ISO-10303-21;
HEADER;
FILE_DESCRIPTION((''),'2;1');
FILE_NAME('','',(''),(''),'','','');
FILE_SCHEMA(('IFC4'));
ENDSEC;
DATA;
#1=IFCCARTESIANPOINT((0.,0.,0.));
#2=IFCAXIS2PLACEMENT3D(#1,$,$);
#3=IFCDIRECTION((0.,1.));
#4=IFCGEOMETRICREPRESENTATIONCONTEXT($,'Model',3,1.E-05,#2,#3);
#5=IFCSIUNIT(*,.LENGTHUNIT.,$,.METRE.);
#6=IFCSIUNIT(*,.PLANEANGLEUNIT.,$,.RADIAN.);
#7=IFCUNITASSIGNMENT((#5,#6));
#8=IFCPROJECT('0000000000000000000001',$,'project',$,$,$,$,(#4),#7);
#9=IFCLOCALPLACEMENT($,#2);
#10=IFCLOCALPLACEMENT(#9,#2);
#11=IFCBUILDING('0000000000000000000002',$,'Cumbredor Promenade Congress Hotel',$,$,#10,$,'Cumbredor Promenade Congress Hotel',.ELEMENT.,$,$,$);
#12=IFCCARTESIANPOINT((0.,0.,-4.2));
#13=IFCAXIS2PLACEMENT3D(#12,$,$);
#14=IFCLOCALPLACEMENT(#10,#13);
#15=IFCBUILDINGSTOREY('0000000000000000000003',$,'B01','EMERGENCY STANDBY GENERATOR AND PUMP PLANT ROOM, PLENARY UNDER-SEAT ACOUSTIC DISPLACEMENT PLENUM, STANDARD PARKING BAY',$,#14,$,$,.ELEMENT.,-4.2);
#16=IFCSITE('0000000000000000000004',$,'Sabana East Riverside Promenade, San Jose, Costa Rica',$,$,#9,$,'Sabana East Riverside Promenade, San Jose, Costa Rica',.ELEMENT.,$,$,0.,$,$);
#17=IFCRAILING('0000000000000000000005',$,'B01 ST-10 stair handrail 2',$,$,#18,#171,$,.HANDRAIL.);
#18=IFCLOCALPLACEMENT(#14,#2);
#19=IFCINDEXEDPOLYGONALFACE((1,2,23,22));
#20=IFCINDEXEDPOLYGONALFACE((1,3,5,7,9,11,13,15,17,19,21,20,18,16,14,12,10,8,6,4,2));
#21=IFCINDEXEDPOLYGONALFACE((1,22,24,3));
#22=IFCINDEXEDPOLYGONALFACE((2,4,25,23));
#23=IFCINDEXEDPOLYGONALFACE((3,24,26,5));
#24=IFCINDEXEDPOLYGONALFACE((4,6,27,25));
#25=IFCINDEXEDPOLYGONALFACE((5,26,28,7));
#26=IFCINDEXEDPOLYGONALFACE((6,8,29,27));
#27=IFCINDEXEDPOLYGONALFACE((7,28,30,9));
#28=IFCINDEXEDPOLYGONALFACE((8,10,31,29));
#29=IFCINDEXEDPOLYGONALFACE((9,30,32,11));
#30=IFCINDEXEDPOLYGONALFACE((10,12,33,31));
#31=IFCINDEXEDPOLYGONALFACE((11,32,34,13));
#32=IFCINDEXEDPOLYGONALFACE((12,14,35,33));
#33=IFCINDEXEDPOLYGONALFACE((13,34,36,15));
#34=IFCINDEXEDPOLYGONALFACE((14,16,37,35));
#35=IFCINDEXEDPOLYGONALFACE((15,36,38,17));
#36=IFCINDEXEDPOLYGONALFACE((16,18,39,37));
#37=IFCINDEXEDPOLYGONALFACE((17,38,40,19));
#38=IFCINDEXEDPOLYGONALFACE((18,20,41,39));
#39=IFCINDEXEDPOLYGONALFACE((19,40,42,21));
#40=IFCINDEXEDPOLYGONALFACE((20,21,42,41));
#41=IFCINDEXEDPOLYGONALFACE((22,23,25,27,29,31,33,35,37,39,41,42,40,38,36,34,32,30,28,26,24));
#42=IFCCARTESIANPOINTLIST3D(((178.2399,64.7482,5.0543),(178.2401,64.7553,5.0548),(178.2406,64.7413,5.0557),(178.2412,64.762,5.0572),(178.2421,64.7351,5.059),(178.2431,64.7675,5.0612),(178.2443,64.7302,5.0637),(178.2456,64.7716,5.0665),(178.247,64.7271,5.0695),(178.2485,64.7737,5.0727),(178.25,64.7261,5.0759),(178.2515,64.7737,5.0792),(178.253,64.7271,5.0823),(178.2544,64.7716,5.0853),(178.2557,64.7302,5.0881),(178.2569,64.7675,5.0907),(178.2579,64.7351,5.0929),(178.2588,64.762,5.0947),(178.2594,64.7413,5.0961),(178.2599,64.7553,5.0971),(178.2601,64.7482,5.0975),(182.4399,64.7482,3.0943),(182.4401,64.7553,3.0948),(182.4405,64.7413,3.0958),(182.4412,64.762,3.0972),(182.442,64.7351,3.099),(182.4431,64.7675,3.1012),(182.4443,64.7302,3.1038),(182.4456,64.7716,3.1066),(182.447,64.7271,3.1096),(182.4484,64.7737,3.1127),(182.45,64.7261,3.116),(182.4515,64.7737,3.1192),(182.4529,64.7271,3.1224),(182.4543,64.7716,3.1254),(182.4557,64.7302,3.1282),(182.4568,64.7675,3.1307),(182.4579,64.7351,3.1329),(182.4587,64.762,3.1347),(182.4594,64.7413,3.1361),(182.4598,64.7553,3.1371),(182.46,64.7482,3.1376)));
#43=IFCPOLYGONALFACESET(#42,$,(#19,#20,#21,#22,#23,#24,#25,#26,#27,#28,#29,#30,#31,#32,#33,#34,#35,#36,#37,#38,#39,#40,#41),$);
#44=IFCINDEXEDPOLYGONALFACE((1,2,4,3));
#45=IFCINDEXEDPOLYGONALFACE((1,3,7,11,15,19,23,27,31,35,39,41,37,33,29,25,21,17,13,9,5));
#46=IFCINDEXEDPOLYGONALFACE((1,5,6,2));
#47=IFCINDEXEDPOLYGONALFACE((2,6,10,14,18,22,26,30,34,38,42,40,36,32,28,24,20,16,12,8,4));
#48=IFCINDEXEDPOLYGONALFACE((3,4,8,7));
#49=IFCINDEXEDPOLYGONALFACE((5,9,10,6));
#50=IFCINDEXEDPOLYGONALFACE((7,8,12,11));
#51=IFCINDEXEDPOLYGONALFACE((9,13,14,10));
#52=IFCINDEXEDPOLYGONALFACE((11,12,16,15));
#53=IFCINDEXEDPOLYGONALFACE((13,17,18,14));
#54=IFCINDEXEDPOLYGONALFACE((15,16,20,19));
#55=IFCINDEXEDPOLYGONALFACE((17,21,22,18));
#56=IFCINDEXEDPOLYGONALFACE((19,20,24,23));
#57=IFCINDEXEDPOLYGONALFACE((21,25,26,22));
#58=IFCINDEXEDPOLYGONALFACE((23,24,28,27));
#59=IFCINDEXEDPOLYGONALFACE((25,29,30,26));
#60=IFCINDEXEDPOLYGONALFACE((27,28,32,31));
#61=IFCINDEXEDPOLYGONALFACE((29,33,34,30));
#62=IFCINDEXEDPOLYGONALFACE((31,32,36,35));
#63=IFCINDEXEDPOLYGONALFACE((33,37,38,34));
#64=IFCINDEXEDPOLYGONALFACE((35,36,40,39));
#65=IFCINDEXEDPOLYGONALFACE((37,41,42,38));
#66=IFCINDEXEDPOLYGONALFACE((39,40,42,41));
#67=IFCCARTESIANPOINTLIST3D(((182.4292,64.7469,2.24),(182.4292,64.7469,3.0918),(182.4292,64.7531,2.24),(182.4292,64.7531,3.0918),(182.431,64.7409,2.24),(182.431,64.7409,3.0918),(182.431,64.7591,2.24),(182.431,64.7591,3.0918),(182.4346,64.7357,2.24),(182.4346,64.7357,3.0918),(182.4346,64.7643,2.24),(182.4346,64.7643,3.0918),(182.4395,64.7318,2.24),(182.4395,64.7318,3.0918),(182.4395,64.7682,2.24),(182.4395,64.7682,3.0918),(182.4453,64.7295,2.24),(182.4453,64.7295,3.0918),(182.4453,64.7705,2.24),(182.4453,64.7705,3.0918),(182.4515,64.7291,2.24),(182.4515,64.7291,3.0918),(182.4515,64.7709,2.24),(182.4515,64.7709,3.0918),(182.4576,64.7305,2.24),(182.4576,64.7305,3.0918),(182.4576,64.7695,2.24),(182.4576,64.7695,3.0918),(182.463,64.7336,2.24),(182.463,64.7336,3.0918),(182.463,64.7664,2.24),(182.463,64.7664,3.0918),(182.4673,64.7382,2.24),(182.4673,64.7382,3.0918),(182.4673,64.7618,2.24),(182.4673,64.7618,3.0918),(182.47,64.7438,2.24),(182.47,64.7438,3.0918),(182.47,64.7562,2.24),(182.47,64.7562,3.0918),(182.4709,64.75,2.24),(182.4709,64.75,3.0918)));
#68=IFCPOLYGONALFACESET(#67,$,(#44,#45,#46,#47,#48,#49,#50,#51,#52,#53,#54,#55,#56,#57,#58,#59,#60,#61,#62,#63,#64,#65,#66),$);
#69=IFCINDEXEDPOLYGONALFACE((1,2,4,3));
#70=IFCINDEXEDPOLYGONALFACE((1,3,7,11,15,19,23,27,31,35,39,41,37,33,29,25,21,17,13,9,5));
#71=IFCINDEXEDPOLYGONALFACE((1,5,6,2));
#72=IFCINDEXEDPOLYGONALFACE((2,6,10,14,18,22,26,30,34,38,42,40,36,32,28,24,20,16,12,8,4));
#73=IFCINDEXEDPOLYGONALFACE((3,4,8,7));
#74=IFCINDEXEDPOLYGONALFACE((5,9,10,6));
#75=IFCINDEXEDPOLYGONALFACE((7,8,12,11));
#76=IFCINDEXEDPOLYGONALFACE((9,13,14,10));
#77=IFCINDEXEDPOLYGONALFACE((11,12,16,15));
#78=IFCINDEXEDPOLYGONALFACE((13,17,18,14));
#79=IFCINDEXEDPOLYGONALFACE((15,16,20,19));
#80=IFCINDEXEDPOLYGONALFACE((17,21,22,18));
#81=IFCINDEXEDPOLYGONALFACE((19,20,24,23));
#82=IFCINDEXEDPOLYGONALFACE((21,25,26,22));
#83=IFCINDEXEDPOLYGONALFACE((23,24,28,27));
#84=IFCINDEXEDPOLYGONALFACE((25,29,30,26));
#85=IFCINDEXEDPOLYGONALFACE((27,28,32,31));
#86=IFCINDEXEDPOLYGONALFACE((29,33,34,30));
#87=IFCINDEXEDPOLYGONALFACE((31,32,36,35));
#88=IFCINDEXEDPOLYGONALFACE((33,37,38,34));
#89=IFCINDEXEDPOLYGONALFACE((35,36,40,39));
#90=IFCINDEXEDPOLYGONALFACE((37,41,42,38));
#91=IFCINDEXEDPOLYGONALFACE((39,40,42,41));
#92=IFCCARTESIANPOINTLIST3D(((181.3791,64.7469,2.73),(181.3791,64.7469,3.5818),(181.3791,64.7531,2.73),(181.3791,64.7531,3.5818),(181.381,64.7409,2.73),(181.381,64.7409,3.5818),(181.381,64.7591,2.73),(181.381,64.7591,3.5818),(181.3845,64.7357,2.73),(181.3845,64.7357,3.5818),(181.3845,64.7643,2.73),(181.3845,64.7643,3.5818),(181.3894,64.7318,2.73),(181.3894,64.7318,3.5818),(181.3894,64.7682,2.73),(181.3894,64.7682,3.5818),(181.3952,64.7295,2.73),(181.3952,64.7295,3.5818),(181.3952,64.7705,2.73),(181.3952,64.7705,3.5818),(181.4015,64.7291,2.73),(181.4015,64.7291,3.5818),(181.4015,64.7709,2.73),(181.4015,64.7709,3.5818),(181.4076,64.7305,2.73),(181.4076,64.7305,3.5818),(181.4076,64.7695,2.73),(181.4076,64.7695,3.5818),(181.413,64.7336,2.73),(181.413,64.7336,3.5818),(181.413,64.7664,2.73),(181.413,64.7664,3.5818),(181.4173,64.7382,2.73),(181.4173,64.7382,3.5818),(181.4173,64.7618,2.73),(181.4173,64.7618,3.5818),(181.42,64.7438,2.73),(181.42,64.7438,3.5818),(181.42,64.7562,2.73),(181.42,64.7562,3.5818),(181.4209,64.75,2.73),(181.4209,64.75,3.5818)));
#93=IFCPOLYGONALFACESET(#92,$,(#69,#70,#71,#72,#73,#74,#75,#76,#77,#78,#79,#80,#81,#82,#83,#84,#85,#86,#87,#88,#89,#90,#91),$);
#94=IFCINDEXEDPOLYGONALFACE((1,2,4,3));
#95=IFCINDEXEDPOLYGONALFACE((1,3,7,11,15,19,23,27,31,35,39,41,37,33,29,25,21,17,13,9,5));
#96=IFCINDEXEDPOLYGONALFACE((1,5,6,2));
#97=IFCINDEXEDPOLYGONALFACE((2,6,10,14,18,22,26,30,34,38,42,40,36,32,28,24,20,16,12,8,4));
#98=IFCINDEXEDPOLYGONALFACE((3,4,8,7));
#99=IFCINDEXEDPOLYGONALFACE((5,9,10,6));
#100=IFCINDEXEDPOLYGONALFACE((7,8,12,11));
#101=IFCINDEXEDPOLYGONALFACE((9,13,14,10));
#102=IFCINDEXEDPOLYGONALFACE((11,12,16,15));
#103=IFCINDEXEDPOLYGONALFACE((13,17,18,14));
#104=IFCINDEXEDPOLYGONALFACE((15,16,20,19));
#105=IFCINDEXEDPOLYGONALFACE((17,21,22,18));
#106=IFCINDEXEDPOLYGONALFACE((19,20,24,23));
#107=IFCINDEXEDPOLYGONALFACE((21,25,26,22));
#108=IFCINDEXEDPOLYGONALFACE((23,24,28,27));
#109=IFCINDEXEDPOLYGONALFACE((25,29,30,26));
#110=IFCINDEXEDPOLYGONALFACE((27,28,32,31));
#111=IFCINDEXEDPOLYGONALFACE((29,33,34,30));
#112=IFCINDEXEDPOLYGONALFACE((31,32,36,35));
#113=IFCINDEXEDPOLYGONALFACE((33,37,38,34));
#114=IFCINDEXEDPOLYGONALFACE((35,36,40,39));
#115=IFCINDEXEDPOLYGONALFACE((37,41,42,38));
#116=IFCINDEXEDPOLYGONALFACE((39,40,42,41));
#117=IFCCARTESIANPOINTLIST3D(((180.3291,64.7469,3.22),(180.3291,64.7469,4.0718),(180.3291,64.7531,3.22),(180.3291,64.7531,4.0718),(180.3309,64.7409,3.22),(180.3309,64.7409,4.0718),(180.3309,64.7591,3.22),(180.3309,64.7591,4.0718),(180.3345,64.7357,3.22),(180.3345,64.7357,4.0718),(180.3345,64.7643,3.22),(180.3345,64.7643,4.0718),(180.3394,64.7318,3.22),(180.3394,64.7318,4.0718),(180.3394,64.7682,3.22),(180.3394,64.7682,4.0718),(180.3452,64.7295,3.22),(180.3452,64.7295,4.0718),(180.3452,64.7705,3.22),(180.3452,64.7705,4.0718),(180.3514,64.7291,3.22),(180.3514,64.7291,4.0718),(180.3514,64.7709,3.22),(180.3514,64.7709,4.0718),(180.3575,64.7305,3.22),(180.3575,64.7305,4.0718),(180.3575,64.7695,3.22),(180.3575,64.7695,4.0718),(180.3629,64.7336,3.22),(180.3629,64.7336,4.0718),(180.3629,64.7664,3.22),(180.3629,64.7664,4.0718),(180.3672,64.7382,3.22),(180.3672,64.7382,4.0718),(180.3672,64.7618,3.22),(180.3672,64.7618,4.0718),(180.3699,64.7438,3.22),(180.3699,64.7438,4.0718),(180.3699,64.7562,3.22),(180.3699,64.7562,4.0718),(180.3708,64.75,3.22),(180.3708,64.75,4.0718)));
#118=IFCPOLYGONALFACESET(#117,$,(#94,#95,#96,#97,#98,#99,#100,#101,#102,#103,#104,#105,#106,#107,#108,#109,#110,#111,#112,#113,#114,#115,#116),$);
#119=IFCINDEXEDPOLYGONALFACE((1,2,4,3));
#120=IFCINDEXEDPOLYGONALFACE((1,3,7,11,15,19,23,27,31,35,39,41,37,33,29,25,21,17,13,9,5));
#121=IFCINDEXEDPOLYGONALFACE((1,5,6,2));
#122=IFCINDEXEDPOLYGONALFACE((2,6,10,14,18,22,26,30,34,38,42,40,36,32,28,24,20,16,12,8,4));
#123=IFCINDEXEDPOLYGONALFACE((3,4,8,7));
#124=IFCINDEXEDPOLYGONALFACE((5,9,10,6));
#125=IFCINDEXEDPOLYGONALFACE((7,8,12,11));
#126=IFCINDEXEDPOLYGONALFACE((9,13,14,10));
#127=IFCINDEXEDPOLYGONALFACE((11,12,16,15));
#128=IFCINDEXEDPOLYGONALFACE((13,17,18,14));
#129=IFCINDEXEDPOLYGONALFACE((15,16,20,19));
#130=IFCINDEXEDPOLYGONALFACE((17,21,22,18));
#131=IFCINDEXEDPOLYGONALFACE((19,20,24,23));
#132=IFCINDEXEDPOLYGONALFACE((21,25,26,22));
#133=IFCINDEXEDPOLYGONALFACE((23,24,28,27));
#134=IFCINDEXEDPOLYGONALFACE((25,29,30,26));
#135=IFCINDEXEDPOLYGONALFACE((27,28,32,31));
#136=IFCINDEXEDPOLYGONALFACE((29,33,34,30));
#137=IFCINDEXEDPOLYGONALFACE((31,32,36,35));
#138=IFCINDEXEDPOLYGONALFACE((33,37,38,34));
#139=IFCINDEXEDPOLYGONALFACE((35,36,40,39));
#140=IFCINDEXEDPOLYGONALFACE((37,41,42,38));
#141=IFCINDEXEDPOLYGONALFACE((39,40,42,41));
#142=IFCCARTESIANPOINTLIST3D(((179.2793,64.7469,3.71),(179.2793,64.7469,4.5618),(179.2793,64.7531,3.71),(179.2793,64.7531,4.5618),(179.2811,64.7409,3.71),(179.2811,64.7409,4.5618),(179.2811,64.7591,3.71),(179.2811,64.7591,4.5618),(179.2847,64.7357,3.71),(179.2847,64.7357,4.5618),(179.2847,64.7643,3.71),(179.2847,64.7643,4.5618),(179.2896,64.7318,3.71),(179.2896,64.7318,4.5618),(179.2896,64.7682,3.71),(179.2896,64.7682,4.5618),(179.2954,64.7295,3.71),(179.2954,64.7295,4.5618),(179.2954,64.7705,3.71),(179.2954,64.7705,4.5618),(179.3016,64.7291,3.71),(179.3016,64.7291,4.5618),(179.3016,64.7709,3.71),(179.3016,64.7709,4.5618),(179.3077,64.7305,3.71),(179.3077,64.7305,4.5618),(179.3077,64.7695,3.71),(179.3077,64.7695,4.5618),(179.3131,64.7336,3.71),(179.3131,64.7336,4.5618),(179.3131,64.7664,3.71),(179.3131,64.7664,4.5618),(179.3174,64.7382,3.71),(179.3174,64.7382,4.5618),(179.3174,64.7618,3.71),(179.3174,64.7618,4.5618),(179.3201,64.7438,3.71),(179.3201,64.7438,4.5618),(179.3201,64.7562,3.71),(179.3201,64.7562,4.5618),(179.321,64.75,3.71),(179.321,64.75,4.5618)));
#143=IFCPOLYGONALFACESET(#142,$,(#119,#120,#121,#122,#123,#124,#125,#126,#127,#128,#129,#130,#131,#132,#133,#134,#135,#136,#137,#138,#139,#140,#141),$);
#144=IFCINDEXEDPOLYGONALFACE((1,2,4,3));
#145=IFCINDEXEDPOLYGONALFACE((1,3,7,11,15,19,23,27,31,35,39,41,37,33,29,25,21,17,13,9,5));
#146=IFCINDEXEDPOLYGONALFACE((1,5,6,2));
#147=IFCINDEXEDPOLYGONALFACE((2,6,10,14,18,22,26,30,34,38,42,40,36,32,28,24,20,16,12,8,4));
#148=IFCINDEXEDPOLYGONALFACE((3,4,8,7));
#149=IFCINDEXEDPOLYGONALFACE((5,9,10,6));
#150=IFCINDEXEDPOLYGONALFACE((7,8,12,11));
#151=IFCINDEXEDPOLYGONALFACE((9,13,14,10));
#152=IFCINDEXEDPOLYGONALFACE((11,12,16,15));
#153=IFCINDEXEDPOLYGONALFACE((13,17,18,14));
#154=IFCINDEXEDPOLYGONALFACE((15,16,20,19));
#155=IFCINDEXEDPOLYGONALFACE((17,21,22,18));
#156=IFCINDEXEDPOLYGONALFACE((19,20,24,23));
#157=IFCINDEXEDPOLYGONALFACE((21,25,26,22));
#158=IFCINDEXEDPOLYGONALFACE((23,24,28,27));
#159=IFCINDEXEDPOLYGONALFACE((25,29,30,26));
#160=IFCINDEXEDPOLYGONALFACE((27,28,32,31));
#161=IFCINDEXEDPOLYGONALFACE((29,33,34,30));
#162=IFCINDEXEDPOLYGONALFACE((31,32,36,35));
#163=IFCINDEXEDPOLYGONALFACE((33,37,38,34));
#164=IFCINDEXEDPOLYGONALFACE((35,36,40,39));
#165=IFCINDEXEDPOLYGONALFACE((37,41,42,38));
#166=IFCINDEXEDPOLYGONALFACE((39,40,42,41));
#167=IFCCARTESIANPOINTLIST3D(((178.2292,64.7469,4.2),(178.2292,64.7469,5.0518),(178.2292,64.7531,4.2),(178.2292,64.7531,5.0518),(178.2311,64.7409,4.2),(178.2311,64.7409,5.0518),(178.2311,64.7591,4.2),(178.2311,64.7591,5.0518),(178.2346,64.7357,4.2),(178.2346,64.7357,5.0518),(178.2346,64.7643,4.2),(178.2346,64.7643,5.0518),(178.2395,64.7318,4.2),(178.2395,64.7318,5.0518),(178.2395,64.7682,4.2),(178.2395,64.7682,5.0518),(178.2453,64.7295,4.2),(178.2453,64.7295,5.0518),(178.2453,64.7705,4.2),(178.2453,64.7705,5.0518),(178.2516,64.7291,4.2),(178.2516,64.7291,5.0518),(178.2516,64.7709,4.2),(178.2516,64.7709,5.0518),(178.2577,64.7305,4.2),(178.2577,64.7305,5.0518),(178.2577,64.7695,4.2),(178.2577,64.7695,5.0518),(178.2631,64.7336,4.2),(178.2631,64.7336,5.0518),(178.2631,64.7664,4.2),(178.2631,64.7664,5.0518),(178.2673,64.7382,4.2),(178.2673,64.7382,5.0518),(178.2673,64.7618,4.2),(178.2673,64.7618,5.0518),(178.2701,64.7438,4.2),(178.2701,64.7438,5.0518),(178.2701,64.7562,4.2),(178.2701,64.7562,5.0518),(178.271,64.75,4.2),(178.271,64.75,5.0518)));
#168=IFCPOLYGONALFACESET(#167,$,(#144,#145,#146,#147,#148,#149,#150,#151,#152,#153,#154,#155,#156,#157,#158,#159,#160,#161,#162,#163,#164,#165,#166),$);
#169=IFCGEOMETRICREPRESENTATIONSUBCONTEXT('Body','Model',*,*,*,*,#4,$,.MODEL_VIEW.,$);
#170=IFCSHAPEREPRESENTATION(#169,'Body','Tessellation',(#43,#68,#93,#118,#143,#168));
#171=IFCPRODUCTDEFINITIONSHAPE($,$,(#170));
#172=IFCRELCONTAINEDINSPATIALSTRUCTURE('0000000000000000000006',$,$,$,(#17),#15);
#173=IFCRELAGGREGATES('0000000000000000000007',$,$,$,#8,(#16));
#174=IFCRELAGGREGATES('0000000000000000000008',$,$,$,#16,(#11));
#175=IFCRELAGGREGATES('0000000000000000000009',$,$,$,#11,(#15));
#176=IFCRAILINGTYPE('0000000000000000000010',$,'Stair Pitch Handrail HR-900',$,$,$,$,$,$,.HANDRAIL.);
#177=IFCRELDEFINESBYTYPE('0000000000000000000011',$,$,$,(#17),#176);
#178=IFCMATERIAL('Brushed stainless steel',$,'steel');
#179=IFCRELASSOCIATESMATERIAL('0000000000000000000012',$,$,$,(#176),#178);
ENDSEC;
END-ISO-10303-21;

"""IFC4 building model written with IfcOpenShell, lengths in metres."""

from ifc_helpers import new_model, si_unit, direction, frame, origin, origin_2d, place, context, subcontext, project, spatial, circle, extrude, material, type_object, element, save


model = new_model("IFC4")

# Units and contexts
model_context = context("Model", 3, precision=1e-05, world=origin(), true_north=direction((0.0, 1.0)))
body_context = subcontext(model_context, "Body", "Model", "MODEL_VIEW")
ifc_project = project(units=[si_unit("LENGTHUNIT", "METRE"), si_unit("PLANEANGLEUNIT", "RADIAN")], contexts=[model_context])

# Site, building, storey
site_placement = place(None, origin())
site = spatial("IfcSite", under=ifc_project, at=site_placement, Name="Sabana East Riverside Promenade, San Jose, Costa Rica", LongName="Sabana East Riverside Promenade, San Jose, Costa Rica", CompositionType="ELEMENT", RefElevation=0.0)
building_placement = place(site_placement, origin())
building = spatial("IfcBuilding", under=site, at=building_placement, Name="Cumbredor Promenade Congress Hotel", LongName="Cumbredor Promenade Congress Hotel", CompositionType="ELEMENT")
storey_placement = place(building_placement, frame((0.0, 0.0, -4.2)))
storey = spatial("IfcBuildingStorey", under=building, at=storey_placement, Name="B01", Description="EMERGENCY STANDBY GENERATOR AND PUMP PLANT ROOM, PLENARY UNDER-SEAT ACOUSTIC DISPLACEMENT PLENUM, STANDARD PARKING BAY", CompositionType="ELEMENT", Elevation=-4.2)

# Railing
ifc_material_1 = material(Name="Brushed stainless steel", Category="steel")
railing_type_1 = type_object("IfcRailingType", Name="Stair Pitch Handrail HR-900", PredefinedType="HANDRAIL", material=ifc_material_1)
railing_1_placement = place(storey_placement, frame((182.45, 64.75, 2.24)))
element("IfcRailing", 1, at=railing_1_placement, inside=storey, type_object=railing_type_1, Name="B01 ST-10 stair handrail 2", PredefinedType="HANDRAIL", context=body_context, shape_type="SweptSolid", body=[
    extrude(circle(Radius=0.0239, at=origin_2d()), frame((0.0, 0.0, 0.876), z_axis=(-0.906184, 0.0, 0.422883), x_axis=(0.0, -1.0, 0.0)), (0.0, 0.0, 1.0), 4.6348),
    extrude(circle(Radius=0.021, at=origin_2d()), origin(), (0.0, 0.0, 1.0), 0.8518),
    extrude(circle(Radius=0.021, at=origin_2d()), frame((-1.05, 0.0, 0.49)), (0.0, 0.0, 1.0), 0.8518),
    extrude(circle(Radius=0.021, at=origin_2d()), frame((-2.1001, 0.0, 0.98)), (0.0, 0.0, 1.0), 0.8518),
    extrude(circle(Radius=0.021, at=origin_2d()), frame((-3.1499, 0.0, 1.47)), (0.0, 0.0, 1.0), 0.8518),
    extrude(circle(Radius=0.021, at=origin_2d()), frame((-4.2, 0.0, 1.96)), (0.0, 0.0, 1.0), 0.8518),
])

save(model, "model.ifc")
